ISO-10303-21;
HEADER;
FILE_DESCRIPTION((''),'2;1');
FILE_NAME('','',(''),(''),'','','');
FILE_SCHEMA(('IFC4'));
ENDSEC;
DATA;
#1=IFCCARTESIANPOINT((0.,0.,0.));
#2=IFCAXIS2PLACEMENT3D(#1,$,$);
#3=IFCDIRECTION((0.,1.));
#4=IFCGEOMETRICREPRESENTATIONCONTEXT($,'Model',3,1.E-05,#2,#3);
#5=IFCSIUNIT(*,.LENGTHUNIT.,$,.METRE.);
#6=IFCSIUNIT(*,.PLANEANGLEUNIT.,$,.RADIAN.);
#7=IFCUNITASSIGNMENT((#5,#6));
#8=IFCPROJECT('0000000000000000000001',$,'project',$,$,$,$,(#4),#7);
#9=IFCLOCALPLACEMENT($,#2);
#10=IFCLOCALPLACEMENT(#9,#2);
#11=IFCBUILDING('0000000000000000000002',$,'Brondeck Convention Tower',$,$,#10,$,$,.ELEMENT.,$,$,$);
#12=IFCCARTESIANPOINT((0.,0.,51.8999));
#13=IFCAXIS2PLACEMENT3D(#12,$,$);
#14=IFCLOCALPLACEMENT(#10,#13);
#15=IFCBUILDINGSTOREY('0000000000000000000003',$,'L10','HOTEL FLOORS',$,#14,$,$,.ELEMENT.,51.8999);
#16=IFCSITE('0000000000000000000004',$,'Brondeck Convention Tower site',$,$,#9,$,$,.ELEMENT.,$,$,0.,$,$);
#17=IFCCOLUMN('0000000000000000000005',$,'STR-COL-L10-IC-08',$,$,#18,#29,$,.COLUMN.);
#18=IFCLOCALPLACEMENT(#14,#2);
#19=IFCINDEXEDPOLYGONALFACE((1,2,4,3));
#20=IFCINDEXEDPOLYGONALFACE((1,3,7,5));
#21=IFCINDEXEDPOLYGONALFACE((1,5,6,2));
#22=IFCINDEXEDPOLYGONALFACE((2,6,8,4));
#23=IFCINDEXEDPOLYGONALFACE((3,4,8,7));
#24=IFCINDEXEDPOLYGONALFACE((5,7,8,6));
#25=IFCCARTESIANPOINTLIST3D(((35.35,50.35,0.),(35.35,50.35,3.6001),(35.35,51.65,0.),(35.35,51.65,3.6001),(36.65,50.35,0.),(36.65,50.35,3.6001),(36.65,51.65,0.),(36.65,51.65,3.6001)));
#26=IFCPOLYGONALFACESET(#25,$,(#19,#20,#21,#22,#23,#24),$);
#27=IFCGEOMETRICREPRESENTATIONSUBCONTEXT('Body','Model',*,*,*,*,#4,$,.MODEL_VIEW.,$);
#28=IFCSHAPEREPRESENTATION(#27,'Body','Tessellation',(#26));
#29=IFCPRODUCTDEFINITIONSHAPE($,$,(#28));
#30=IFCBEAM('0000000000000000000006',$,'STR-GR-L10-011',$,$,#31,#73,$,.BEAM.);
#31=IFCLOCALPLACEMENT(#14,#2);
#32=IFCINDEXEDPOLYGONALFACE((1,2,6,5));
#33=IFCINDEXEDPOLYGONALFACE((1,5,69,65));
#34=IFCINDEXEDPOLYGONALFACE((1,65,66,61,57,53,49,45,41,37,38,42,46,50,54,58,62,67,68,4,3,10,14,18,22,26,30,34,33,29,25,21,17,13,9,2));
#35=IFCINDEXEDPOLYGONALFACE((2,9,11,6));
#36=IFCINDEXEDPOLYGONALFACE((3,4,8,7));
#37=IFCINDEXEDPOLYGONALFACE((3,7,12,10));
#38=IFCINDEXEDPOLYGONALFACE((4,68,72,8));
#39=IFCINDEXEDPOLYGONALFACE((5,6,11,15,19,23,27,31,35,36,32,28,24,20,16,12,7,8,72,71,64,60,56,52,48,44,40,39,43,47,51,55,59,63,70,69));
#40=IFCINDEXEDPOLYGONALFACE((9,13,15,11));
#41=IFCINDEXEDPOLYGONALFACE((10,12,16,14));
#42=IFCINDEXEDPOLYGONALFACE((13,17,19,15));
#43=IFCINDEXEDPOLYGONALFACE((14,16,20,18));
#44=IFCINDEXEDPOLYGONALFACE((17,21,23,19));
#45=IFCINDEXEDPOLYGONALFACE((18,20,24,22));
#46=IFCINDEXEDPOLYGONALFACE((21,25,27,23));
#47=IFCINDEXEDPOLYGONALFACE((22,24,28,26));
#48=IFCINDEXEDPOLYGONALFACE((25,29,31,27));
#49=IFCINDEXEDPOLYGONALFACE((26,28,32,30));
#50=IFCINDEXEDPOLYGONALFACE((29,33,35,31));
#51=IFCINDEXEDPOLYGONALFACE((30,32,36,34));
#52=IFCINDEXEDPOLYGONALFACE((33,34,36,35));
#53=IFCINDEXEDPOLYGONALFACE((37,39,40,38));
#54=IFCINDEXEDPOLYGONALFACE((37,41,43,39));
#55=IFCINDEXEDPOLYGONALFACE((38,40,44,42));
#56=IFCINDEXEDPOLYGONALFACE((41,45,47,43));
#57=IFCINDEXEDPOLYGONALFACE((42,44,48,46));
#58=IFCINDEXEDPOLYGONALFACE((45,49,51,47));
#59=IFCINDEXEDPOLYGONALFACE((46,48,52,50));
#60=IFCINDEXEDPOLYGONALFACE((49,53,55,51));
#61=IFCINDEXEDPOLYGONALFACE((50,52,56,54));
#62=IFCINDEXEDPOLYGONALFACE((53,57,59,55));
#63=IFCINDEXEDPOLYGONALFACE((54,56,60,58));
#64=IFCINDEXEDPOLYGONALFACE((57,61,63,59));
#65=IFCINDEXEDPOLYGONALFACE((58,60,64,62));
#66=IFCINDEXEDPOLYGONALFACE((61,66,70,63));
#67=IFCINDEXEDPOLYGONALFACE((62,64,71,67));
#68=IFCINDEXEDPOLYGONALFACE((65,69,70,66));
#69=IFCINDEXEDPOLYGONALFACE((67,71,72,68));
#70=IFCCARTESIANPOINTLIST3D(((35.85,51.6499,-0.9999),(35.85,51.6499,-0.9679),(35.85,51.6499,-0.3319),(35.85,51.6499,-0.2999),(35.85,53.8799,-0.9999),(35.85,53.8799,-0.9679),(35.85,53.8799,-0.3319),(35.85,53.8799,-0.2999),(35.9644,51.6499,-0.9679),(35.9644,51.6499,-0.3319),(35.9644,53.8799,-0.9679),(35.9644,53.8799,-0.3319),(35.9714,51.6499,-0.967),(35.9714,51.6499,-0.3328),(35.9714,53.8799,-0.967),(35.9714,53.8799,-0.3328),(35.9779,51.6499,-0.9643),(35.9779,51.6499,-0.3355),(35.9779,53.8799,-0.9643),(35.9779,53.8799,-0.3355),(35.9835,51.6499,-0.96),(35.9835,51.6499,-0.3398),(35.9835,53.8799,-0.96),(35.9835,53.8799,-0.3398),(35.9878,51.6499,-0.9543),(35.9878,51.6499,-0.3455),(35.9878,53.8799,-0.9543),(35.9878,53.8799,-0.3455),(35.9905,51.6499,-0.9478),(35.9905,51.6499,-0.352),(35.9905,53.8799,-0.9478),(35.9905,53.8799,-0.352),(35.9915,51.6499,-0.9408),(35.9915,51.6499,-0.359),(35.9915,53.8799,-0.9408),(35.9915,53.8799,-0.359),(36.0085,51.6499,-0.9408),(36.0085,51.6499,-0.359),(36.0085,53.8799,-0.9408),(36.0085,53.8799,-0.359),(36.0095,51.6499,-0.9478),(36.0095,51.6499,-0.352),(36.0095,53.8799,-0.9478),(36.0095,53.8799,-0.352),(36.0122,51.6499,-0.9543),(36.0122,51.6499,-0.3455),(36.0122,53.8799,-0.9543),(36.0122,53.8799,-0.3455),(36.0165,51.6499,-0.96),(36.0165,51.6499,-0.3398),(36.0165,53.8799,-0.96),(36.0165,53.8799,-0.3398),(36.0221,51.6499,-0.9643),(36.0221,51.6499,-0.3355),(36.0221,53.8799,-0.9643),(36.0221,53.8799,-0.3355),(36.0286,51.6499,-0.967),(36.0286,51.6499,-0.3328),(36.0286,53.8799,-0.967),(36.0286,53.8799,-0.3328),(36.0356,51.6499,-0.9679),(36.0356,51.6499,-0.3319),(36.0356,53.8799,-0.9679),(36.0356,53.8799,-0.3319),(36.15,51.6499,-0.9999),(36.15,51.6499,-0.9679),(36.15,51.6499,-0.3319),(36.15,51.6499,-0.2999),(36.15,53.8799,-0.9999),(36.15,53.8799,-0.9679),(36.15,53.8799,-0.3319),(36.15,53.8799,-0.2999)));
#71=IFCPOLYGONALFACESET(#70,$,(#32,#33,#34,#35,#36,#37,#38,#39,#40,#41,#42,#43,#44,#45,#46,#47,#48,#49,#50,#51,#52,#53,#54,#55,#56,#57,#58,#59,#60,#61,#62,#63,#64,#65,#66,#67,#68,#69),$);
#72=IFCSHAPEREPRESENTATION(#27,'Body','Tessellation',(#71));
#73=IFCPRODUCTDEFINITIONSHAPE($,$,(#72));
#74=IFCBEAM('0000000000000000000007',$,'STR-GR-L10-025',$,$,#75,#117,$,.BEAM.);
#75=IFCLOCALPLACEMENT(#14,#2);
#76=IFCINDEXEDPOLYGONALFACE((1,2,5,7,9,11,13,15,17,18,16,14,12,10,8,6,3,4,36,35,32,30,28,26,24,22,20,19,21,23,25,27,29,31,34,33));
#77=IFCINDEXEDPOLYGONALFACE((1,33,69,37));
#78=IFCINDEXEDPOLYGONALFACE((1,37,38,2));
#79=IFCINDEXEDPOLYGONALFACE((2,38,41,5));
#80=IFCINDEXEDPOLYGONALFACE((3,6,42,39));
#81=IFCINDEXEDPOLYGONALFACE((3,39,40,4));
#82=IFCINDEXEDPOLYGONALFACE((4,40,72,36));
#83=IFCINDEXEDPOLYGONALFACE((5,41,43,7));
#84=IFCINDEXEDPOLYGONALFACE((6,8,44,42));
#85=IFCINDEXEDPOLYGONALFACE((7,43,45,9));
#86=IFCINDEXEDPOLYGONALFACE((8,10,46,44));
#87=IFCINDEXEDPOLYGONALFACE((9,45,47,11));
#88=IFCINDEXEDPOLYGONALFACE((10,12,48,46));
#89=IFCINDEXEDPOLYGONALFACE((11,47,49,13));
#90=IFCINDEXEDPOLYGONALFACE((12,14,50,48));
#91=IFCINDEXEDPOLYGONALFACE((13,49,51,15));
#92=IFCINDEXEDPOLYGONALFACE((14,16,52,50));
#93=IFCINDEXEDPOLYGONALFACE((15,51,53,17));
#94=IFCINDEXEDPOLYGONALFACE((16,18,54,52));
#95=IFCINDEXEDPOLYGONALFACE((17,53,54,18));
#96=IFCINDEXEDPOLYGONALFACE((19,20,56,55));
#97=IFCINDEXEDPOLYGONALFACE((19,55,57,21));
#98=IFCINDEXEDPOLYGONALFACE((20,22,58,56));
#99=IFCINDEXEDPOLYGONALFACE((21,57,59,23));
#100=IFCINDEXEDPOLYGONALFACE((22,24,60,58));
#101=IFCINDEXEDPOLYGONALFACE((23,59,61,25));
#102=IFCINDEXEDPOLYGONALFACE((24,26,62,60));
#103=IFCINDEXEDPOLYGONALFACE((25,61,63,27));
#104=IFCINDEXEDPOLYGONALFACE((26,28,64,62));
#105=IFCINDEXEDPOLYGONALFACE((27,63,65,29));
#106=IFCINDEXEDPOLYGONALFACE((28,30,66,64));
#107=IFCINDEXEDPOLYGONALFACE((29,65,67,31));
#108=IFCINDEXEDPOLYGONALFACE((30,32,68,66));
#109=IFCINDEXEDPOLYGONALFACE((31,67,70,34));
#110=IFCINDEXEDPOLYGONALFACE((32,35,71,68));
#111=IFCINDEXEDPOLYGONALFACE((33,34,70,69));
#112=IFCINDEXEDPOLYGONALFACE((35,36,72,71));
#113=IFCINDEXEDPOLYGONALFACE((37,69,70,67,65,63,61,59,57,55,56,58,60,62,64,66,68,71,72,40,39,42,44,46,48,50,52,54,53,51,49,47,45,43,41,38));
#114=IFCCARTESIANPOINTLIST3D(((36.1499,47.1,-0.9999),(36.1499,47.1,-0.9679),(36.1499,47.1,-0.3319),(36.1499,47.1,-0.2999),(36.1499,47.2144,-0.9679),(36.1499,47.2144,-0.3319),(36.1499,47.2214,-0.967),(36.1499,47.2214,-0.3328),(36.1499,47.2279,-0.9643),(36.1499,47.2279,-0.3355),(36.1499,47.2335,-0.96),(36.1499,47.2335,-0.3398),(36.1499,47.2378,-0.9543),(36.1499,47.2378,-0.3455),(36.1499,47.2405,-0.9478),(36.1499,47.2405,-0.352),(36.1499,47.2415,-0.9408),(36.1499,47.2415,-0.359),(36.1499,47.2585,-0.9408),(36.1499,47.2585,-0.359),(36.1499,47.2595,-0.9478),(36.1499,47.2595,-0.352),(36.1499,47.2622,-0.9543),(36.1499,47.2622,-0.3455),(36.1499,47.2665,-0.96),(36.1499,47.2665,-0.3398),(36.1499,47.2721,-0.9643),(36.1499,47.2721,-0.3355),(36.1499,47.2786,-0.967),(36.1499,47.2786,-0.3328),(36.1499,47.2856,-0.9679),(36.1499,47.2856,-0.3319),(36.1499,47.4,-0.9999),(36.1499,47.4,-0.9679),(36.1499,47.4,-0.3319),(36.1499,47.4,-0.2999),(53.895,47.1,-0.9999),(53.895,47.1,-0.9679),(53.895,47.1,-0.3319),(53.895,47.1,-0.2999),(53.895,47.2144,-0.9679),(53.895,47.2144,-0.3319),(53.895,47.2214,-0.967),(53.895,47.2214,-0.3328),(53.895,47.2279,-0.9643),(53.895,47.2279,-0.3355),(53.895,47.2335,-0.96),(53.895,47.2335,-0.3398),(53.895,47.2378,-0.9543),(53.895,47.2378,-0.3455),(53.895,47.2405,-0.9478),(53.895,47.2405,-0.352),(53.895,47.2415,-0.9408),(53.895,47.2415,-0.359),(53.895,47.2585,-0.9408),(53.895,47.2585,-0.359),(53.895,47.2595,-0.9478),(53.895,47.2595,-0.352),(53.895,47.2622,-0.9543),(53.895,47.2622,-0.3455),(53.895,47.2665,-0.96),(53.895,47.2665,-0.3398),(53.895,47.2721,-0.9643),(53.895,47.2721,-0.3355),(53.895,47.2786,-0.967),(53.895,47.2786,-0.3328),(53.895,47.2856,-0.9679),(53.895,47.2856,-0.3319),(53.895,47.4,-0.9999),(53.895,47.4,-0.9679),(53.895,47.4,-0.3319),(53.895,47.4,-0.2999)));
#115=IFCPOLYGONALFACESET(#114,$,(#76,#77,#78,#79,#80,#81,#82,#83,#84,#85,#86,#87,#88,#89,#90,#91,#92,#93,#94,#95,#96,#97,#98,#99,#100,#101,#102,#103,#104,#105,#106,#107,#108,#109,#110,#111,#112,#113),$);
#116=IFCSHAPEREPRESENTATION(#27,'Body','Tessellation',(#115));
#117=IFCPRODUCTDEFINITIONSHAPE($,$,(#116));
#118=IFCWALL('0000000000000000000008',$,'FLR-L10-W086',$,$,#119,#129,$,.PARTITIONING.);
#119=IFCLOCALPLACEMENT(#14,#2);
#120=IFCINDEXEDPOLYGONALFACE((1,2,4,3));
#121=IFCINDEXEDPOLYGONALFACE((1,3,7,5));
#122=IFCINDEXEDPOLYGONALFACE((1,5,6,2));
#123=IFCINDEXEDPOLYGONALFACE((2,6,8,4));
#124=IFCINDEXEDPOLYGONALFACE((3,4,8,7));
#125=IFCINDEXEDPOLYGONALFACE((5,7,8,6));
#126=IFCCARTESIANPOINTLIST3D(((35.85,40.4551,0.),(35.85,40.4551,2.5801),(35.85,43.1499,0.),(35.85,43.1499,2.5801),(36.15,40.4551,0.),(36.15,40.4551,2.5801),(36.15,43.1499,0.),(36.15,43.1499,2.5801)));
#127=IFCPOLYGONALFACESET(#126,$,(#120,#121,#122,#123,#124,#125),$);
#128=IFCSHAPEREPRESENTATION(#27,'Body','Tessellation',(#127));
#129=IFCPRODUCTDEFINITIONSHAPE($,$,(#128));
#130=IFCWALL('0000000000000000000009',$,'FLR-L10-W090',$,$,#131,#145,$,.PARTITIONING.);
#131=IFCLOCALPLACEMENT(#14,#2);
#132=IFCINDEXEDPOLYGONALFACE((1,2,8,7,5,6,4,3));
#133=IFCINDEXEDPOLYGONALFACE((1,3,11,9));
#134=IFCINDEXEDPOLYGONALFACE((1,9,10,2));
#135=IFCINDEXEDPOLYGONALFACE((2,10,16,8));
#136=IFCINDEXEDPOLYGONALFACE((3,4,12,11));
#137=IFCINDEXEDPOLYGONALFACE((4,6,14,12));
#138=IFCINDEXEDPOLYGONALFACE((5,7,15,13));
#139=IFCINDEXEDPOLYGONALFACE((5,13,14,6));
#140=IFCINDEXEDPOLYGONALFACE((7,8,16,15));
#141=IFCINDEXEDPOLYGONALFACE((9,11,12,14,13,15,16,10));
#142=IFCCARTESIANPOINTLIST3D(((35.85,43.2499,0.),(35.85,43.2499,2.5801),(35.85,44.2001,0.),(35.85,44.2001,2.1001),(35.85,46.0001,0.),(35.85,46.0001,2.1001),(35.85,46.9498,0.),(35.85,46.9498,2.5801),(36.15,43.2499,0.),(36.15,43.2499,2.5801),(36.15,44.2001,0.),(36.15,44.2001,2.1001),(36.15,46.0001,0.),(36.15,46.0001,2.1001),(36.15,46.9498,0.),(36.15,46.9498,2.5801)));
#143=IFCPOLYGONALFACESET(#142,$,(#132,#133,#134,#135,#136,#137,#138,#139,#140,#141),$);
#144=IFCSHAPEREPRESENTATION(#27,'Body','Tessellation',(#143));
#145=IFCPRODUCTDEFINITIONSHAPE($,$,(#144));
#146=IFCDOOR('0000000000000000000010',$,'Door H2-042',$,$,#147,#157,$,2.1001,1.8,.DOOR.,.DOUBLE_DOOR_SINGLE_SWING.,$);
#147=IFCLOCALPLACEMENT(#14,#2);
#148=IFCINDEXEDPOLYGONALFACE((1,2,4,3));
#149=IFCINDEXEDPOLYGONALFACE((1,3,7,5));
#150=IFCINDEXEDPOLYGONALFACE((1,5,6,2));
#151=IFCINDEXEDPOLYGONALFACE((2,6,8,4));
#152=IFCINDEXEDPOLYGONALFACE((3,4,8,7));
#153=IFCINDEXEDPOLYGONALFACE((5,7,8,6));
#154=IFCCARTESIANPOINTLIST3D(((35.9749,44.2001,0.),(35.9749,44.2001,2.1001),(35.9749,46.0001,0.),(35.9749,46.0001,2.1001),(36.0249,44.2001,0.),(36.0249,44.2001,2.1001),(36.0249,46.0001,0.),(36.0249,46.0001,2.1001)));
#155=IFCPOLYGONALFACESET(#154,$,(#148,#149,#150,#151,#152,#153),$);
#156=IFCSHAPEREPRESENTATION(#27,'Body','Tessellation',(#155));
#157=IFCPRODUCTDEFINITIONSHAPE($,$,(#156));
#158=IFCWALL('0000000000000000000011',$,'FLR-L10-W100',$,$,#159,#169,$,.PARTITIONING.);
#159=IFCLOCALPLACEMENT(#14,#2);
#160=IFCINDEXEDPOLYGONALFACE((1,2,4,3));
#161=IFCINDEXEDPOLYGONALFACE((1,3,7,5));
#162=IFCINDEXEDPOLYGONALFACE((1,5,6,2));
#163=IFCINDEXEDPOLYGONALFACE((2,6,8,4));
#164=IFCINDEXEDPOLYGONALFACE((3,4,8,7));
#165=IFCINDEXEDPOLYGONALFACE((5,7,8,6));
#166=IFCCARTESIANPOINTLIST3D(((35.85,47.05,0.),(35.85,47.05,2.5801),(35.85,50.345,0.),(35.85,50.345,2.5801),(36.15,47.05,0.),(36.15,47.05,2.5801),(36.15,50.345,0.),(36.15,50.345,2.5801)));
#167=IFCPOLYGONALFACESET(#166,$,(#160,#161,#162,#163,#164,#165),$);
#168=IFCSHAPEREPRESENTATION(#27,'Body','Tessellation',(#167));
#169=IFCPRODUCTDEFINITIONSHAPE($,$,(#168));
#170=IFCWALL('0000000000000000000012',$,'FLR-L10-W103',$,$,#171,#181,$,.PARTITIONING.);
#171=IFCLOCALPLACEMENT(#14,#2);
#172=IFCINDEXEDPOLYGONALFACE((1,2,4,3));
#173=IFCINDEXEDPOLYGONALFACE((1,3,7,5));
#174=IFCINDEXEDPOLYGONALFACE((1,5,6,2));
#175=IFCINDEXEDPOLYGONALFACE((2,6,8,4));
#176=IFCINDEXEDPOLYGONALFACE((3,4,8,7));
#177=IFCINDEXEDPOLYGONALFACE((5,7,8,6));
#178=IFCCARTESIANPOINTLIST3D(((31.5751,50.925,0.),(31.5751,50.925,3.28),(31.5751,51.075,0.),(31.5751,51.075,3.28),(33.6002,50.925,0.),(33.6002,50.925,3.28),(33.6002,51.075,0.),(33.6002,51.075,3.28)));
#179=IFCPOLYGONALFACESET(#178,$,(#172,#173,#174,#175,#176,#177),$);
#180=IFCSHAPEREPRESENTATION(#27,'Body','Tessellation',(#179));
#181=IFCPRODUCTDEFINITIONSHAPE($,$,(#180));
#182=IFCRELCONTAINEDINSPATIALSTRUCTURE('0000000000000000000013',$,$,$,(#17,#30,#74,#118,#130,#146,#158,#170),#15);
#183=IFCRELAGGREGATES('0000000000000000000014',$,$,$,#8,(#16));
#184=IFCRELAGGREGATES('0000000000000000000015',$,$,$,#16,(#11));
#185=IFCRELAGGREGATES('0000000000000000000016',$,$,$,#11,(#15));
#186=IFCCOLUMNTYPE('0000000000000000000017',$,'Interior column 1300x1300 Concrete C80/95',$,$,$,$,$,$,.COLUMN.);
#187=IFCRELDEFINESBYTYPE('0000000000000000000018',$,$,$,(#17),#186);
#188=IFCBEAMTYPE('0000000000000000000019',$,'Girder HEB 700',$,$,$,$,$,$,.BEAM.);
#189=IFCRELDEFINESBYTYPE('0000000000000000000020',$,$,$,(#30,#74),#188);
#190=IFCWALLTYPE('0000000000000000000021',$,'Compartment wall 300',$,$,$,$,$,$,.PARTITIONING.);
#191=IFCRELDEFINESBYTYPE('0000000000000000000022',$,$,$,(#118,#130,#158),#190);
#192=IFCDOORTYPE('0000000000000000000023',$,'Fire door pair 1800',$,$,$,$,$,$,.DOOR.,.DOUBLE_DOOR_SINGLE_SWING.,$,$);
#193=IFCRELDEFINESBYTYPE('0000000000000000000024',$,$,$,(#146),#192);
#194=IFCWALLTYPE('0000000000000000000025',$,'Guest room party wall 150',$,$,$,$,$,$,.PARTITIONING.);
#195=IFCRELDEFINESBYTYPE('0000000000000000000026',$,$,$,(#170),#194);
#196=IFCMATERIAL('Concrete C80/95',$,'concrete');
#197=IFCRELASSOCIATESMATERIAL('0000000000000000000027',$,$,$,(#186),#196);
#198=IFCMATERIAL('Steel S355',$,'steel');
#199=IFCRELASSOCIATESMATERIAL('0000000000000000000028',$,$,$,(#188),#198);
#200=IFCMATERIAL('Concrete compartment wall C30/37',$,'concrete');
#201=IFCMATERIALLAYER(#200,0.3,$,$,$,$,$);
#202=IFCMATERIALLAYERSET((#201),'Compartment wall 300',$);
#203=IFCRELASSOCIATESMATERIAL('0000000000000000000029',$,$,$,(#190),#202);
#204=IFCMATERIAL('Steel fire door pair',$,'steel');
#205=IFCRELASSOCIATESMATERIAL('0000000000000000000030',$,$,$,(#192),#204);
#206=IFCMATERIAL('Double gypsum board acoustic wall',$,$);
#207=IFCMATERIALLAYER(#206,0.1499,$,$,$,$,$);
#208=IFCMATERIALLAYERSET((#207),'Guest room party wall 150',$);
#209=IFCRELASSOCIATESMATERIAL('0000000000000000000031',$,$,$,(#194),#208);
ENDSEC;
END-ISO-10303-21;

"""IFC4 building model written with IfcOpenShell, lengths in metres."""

from ifc_helpers import new_model, si_unit, direction, frame, frame_2d, origin, origin_2d, place, context, subcontext, project, spatial, rectangle, i_section, extrude, material, layer, layer_set, material_profile, profile_set, type_object, element, fill, save


model = new_model("IFC4")

# Units and contexts
model_context = context("Model", 3, precision=1e-05, world=origin(), true_north=direction((0.0, 1.0)))
body_context = subcontext(model_context, "Body", "Model", "MODEL_VIEW")
ifc_project = project(units=[si_unit("LENGTHUNIT", "METRE"), si_unit("PLANEANGLEUNIT", "RADIAN")], contexts=[model_context])

# Site, building, storey
site_placement = place(None, origin())
site = spatial("IfcSite", under=ifc_project, at=site_placement, Name="Brondeck Convention Tower site", CompositionType="ELEMENT", RefElevation=0.0)
building_placement = place(site_placement, origin())
building = spatial("IfcBuilding", under=site, at=building_placement, Name="Brondeck Convention Tower", CompositionType="ELEMENT")
storey_placement = place(building_placement, frame((0.0, 0.0, 51.8999)))
storey = spatial("IfcBuildingStorey", under=building, at=storey_placement, Name="L10", Description="HOTEL FLOORS", CompositionType="ELEMENT", Elevation=51.8999)

# Column
ifc_material_1 = material(Name="Concrete C80/95", Category="concrete")
ifc_material_profile_1 = material_profile(ifc_material_1, rectangle(XDim=1.3, YDim=1.3, at=origin_2d()), Name="Interior column 1300x1300 Concrete C80/95")
ifc_profile_set_1 = profile_set([ifc_material_profile_1], Name="Concrete C80/95")
column_type = type_object("IfcColumnType", Name="Interior column 1300x1300 Concrete C80/95", PredefinedType="COLUMN", material=ifc_profile_set_1)
column_placement = place(storey_placement, frame((36.0, 51.0, 0.0), z_axis=(0.0, 0.0, 1.0), x_axis=(1.0, 0.0, 0.0)))
element("IfcColumn", 1, at=column_placement, inside=storey, type_object=column_type, Name="STR-COL-L10-IC-08", PredefinedType="COLUMN", context=body_context, shape_type="SweptSolid", body=[
    extrude(rectangle(XDim=1.3, YDim=1.3, at=origin_2d()), origin(), (0.0, 0.0, 1.0), 3.6001),
])

# Beams
ifc_material_2 = material(Name="Steel S355", Category="steel")
ifc_material_profile_2 = material_profile(ifc_material_2, i_section(OverallWidth=0.3, OverallDepth=0.7, WebThickness=0.0171, FlangeThickness=0.032, FilletRadius=0.0271, at=origin_2d()), Name="HEB 700")
ifc_profile_set_2 = profile_set([ifc_material_profile_2], Name="Steel S355")
beam_type = type_object("IfcBeamType", Name="Girder HEB 700", PredefinedType="BEAM", material=ifc_profile_set_2)
beam_1_placement = place(storey_placement, frame((36.0, 51.6499, -0.6499), z_axis=(0.0, 1.0, 0.0), x_axis=(-1.0, 0.0, 0.0)))
element("IfcBeam", 2, at=beam_1_placement, inside=storey, type_object=beam_type, Name="STR-GR-L10-011", PredefinedType="BEAM", context=body_context, shape_type="SweptSolid", body=[
    extrude(i_section(OverallWidth=0.3, OverallDepth=0.7, WebThickness=0.0171, FlangeThickness=0.032, FilletRadius=0.0271, at=origin_2d()), origin(), (0.0, 0.0, 1.0), 2.23),
])
beam_2_placement = place(storey_placement, frame((36.1499, 47.25, -0.6499), z_axis=(1.0, 0.0, 0.0), x_axis=(0.0, 1.0, 0.0)))
element("IfcBeam", 3, at=beam_2_placement, inside=storey, type_object=beam_type, Name="STR-GR-L10-025", PredefinedType="BEAM", context=body_context, shape_type="SweptSolid", body=[
    extrude(i_section(OverallWidth=0.3, OverallDepth=0.7, WebThickness=0.0171, FlangeThickness=0.032, FilletRadius=0.0271, at=origin_2d()), origin(), (0.0, 0.0, 1.0), 17.7451),
])

# Wall
ifc_material_3 = material(Name="Concrete compartment wall C30/37", Category="concrete")
ifc_layer_1 = layer(ifc_material_3, 0.3)
ifc_layer_set_1 = layer_set([ifc_layer_1], Name="Compartment wall 300")
wall_type_1 = type_object("IfcWallType", Name="Compartment wall 300", PredefinedType="PARTITIONING", material=ifc_layer_set_1)
wall_1_placement = place(storey_placement, frame((36.0, 43.1499, 0.0), z_axis=(0.0, 0.0, 1.0), x_axis=(0.0, -1.0, 0.0)))
element("IfcWall", 4, at=wall_1_placement, inside=storey, type_object=wall_type_1, Name="FLR-L10-W086", PredefinedType="PARTITIONING", context=body_context, shape_type="SweptSolid", body=[
    extrude(rectangle(XDim=2.6948, YDim=0.3, at=frame_2d((1.3474, 0.0))), origin(), (0.0, 0.0, 1.0), 2.5801),
])

# Wall, opening, door
wall_2_placement = place(storey_placement, frame((36.0, 46.95, 0.0), z_axis=(0.0, 0.0, 1.0), x_axis=(0.0, -1.0, 0.0)))
wall_2 = element("IfcWall", 5, at=wall_2_placement, inside=storey, type_object=wall_type_1, Name="FLR-L10-W090", PredefinedType="PARTITIONING", context=body_context, shape_type="SweptSolid", body=[
    extrude(rectangle(XDim=3.7, YDim=0.3, at=frame_2d((1.8501, 0.0))), origin(), (0.0, 0.0, 1.0), 2.5801),
])
opening_1_placement = place(wall_2_placement, frame((0.95, 0.0, 0.0)))
opening_1 = element("IfcOpeningElement", 6, at=opening_1_placement, cuts=wall_2, PredefinedType="OPENING", context=body_context, shape_type="SweptSolid", body=[
    extrude(rectangle(XDim=1.8, YDim=2.1001, at=frame_2d((0.8999, 1.05))), frame((0.0, 0.1599, 0.0), z_axis=(0.0, -1.0, 0.0), x_axis=(1.0, 0.0, 0.0)), (0.0, 0.0, 1.0), 0.3201),
])
ifc_material_4 = material(Name="Steel fire door pair", Category="steel")
door_type_1 = type_object("IfcDoorType", Name="Fire door pair 1800", OperationType="DOUBLE_DOOR_SINGLE_SWING", PredefinedType="DOOR", material=ifc_material_4)
door_1_placement = place(opening_1_placement, origin())
door_1 = element("IfcDoor", 7, at=door_1_placement, inside=storey, type_object=door_type_1, Name="Door H2-042", OperationType="DOUBLE_DOOR_SINGLE_SWING", OverallHeight=2.1001, OverallWidth=1.8, PredefinedType="DOOR", context=body_context, shape_type="SweptSolid", body=[
    extrude(rectangle(XDim=1.8, YDim=2.1001, at=frame_2d((0.8999, 1.05))), frame((0.0, 0.0249, 0.0), z_axis=(0.0, -1.0, 0.0), x_axis=(1.0, 0.0, 0.0)), (0.0, 0.0, 1.0), 0.05),
])
fill(opening_1, door_1)

# Walls
wall_3_placement = place(storey_placement, frame((36.0, 50.345, 0.0), z_axis=(0.0, 0.0, 1.0), x_axis=(0.0, -1.0, 0.0)))
element("IfcWall", 8, at=wall_3_placement, inside=storey, type_object=wall_type_1, Name="FLR-L10-W100", PredefinedType="PARTITIONING", context=body_context, shape_type="SweptSolid", body=[
    extrude(rectangle(XDim=3.2949, YDim=0.3, at=frame_2d((1.6475, 0.0))), origin(), (0.0, 0.0, 1.0), 2.5801),
])
ifc_material_5 = material(Name="Double gypsum board acoustic wall")
ifc_layer_2 = layer(ifc_material_5, 0.1499)
ifc_layer_set_2 = layer_set([ifc_layer_2], Name="Guest room party wall 150")
wall_type_2 = type_object("IfcWallType", Name="Guest room party wall 150", PredefinedType="PARTITIONING", material=ifc_layer_set_2)
wall_4_placement = place(storey_placement, frame((31.575, 51.0, 0.0), z_axis=(0.0, 0.0, 1.0), x_axis=(1.0, 0.0, 0.0)))
element("IfcWall", 9, at=wall_4_placement, inside=storey, type_object=wall_type_2, Name="FLR-L10-W103", PredefinedType="PARTITIONING", context=body_context, shape_type="SweptSolid", body=[
    extrude(rectangle(XDim=2.0251, YDim=0.1499, at=frame_2d((1.0127, 0.0))), origin(), (0.0, 0.0, 1.0), 3.28),
])

save(model, "model.ifc")
